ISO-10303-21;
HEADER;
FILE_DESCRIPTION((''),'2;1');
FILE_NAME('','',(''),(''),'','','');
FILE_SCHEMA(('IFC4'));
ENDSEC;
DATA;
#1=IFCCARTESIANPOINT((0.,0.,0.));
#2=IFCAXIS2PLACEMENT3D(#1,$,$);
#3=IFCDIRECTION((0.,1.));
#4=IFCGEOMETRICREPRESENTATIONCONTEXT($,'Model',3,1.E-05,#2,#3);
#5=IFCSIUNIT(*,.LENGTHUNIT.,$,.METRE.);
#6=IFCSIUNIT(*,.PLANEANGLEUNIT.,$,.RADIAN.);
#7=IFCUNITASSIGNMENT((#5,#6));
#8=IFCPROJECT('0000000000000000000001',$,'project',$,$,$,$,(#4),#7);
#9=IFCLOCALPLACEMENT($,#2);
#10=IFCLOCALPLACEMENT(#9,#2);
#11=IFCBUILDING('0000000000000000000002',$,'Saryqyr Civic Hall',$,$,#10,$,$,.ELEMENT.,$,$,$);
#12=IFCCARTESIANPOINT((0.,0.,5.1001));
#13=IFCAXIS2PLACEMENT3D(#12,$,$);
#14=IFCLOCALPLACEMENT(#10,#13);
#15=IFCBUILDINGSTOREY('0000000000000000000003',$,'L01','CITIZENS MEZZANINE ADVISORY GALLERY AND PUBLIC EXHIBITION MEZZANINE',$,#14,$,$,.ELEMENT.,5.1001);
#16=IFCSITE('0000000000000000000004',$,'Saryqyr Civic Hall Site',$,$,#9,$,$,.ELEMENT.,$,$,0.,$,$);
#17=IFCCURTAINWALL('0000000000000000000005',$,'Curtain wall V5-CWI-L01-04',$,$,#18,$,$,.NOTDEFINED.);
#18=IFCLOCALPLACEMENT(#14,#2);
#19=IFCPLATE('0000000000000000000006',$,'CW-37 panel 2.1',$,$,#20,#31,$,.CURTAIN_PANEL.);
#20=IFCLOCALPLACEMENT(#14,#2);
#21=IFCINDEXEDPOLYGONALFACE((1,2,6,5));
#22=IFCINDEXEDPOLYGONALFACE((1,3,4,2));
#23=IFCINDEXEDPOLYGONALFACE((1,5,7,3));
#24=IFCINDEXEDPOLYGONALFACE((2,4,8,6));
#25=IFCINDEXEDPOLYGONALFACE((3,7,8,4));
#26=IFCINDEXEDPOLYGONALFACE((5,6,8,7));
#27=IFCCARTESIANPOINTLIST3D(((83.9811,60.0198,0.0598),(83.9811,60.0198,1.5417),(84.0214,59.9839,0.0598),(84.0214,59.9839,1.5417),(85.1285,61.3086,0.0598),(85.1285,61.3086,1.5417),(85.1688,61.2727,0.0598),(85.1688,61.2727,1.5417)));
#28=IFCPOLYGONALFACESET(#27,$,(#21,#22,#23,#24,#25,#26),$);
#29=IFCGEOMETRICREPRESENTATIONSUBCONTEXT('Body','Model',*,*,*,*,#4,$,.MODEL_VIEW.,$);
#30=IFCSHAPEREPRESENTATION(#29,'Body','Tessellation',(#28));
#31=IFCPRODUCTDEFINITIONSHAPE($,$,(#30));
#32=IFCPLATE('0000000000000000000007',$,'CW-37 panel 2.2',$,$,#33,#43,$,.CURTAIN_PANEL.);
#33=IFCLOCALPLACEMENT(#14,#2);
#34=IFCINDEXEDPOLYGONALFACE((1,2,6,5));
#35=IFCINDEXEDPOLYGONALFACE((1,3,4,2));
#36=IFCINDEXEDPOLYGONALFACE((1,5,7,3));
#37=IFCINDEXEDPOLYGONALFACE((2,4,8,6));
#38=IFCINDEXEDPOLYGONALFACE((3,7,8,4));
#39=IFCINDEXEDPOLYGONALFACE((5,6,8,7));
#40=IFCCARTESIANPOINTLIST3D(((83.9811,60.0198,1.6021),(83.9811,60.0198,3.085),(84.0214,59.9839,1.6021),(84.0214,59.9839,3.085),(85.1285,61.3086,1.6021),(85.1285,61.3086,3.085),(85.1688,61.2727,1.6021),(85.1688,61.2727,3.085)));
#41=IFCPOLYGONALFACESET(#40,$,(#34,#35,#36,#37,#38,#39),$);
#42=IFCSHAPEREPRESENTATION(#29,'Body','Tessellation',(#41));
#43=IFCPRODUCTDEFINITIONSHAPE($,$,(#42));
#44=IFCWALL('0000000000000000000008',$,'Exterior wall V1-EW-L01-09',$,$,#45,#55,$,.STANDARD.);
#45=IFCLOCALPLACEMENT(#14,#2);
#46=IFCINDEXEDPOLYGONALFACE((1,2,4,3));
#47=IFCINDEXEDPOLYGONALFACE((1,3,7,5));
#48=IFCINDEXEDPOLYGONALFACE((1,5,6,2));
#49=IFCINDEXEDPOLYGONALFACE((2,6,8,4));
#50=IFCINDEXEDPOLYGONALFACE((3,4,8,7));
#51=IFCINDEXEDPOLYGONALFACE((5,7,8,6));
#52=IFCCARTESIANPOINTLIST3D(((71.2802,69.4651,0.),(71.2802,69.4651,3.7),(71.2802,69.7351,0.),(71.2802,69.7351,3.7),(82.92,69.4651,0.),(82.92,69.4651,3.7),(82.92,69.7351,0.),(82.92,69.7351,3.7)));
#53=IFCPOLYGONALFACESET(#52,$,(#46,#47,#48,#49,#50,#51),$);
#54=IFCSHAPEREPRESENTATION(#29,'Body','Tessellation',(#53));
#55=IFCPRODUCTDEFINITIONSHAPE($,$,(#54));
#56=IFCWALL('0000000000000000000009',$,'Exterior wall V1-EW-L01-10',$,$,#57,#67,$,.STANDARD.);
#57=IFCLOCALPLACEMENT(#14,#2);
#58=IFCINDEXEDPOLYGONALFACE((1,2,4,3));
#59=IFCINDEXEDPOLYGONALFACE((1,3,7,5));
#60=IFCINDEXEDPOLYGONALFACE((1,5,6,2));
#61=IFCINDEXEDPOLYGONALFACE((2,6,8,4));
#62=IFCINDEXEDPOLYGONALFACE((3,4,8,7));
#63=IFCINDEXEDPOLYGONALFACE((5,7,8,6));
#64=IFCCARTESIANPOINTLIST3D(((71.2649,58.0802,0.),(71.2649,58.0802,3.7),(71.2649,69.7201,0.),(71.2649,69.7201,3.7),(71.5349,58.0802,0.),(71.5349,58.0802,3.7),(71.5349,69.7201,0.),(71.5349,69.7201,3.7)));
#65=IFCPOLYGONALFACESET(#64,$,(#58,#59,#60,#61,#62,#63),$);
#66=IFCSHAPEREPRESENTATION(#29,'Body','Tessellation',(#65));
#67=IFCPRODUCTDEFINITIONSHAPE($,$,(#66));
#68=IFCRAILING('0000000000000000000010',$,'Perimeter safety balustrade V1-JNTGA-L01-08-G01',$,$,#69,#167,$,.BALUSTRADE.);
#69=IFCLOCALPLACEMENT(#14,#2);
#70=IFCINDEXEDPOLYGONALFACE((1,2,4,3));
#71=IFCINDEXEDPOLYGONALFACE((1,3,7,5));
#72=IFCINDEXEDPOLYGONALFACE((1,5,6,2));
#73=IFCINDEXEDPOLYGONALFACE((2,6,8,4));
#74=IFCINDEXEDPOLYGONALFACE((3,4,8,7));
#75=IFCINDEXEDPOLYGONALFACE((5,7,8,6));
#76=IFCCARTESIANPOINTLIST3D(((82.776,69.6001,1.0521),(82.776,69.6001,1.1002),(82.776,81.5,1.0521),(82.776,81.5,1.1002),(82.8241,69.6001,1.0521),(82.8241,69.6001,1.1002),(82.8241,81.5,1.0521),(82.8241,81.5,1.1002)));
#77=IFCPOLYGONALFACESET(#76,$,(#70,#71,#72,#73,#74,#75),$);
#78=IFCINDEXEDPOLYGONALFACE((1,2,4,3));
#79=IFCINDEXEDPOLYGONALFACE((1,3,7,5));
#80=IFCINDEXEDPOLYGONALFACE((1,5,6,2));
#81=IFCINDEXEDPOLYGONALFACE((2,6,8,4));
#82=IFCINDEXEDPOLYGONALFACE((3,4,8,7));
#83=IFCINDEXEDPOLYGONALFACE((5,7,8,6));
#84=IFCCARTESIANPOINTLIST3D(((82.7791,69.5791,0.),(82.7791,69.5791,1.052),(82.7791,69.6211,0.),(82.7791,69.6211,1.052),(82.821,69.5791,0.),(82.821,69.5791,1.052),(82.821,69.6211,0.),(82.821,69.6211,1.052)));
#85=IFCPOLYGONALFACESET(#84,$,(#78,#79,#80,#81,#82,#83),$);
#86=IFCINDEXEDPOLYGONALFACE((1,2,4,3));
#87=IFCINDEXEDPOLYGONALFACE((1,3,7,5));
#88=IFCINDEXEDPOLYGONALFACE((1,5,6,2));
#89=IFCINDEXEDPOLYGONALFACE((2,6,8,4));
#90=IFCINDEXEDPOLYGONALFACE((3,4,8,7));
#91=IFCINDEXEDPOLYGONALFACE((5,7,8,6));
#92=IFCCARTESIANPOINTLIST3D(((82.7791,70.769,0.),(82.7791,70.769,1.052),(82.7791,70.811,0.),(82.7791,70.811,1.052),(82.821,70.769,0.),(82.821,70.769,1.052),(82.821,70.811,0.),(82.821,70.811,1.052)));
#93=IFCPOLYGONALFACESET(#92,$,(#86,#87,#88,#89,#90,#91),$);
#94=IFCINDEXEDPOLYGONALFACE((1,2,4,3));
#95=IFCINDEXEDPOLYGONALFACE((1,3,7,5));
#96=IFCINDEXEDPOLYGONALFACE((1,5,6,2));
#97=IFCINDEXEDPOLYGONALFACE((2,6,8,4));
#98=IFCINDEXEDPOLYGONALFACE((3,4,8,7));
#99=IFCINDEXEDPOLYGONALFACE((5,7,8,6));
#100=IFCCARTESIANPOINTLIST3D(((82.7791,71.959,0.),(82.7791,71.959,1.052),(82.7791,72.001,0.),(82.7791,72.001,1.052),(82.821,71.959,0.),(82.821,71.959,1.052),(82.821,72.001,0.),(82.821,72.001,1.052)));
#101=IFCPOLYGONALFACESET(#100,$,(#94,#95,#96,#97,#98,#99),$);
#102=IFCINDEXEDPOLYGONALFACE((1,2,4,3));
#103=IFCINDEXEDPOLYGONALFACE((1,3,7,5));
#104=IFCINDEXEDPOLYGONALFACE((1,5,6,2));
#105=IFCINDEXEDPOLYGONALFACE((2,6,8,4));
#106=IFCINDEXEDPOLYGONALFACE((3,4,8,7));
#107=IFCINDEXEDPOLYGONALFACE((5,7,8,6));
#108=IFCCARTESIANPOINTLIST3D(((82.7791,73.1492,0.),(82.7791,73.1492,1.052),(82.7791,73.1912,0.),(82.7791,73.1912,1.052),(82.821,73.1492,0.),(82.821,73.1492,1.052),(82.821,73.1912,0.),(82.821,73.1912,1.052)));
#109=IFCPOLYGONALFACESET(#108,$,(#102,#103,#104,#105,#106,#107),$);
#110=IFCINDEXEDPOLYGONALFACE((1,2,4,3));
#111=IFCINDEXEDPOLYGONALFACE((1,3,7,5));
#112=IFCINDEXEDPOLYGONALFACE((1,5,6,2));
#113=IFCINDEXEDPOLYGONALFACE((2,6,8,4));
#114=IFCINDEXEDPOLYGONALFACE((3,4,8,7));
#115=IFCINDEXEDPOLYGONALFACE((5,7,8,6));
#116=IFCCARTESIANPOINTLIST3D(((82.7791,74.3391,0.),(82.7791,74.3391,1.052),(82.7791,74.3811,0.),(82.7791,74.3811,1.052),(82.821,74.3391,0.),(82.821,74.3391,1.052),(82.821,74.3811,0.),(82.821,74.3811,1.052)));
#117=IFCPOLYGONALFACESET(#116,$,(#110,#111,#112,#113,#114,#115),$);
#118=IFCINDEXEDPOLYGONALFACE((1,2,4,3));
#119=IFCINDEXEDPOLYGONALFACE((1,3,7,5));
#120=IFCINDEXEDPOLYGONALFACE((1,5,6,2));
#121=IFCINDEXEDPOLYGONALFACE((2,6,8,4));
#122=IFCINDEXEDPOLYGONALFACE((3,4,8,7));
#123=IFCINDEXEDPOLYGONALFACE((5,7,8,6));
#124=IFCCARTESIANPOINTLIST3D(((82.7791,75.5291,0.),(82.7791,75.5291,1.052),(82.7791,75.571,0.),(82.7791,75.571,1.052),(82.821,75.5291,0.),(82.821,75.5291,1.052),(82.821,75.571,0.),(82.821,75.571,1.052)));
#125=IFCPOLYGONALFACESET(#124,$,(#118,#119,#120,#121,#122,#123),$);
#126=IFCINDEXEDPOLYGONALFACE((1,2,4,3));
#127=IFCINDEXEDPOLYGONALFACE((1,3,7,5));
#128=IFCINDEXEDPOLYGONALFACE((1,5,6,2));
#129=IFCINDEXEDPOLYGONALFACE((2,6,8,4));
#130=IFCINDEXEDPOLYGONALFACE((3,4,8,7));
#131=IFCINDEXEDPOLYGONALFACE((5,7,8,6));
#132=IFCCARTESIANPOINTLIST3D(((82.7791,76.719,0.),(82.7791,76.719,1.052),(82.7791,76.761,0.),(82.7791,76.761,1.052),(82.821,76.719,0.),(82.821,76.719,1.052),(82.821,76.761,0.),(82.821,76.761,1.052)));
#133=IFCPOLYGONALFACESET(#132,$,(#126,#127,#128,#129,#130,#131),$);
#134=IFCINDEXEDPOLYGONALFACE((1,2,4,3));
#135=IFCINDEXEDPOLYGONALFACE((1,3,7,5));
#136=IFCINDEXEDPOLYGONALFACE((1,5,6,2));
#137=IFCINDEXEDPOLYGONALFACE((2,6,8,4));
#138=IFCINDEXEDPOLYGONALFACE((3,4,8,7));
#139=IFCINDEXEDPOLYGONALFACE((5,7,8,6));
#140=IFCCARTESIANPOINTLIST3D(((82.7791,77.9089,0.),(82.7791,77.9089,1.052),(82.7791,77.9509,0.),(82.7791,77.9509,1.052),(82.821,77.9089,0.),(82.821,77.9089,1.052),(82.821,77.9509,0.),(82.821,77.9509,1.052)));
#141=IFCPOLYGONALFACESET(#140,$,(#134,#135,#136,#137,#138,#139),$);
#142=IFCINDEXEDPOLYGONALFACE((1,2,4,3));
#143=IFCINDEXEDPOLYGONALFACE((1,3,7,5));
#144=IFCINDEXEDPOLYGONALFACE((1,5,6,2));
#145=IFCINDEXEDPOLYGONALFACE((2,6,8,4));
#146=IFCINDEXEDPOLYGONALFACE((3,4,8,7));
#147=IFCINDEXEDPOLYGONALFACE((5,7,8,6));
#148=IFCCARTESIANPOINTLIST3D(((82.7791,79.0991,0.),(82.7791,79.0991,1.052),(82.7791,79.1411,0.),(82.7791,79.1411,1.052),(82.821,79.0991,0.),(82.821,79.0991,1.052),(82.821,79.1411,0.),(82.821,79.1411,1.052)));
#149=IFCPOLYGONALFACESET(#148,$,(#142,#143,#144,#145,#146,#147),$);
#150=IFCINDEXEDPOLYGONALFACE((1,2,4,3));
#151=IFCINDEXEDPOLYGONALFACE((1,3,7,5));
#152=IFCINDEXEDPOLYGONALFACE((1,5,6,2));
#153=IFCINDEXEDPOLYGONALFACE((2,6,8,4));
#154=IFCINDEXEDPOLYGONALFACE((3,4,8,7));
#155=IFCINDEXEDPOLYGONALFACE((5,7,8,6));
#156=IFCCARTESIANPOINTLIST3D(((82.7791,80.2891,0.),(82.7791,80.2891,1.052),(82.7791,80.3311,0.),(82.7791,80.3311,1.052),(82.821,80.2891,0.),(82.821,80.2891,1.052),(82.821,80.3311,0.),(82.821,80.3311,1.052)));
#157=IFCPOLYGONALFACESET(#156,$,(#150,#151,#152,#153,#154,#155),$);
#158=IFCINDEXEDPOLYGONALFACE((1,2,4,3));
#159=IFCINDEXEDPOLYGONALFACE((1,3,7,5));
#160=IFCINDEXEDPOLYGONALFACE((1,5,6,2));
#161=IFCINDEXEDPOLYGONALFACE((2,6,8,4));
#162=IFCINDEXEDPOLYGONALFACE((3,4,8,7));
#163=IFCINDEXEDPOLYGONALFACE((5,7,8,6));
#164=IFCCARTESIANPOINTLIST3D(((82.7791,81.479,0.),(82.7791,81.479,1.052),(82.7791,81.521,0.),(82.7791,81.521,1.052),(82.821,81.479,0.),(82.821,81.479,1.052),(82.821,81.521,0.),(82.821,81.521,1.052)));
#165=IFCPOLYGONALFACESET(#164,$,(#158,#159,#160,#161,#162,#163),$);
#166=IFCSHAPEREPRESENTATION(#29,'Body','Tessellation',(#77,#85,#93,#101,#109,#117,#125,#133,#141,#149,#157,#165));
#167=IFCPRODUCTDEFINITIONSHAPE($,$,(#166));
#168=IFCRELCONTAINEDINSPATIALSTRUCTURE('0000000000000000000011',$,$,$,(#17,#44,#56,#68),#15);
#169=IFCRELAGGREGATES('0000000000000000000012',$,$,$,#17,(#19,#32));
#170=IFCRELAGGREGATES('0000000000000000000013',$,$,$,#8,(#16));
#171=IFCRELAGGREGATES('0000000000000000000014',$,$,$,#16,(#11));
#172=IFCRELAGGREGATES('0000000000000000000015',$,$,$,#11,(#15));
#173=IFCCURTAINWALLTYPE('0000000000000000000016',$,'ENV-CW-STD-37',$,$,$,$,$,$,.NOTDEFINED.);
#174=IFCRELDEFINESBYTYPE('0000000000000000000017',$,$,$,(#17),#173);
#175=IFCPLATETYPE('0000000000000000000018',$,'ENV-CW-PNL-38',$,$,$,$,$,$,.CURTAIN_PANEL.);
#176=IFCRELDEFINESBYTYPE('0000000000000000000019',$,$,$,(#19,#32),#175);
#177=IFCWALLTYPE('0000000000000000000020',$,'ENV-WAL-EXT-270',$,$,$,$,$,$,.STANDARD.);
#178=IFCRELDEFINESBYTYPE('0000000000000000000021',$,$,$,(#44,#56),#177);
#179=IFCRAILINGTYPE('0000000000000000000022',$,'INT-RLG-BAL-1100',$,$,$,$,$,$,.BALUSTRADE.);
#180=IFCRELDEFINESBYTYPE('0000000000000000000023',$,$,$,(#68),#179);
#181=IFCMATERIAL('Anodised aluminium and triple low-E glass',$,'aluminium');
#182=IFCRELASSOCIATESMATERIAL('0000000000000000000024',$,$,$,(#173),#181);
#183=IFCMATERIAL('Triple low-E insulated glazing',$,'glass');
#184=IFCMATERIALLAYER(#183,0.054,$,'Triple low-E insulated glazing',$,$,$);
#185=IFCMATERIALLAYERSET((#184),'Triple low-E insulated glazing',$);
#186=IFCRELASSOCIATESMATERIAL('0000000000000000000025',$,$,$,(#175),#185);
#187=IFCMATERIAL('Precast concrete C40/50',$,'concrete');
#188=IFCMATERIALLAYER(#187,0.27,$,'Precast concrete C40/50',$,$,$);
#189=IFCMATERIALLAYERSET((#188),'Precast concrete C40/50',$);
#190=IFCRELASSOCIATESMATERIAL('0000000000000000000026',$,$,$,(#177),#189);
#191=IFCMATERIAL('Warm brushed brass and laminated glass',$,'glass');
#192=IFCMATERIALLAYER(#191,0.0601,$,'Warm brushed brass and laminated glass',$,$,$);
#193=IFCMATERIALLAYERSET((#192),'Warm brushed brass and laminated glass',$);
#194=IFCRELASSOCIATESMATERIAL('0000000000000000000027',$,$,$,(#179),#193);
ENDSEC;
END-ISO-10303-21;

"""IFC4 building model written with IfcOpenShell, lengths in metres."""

from ifc_helpers import new_model, si_unit, direction, frame, frame_2d, origin, origin_2d, place, context, subcontext, project, spatial, rectangle, extrude, material, layer, layer_set, type_object, element, aggregate, save


model = new_model("IFC4")

# Units and contexts
model_context = context("Model", 3, precision=1e-05, world=origin(), true_north=direction((0.0, 1.0)))
body_context = subcontext(model_context, "Body", "Model", "MODEL_VIEW")
ifc_project = project(units=[si_unit("LENGTHUNIT", "METRE"), si_unit("PLANEANGLEUNIT", "RADIAN")], contexts=[model_context])

# Site, building, storey
site_placement = place(None, origin())
site = spatial("IfcSite", under=ifc_project, at=site_placement, Name="Saryqyr Civic Hall Site", CompositionType="ELEMENT", RefElevation=0.0)
building_placement = place(site_placement, origin())
building = spatial("IfcBuilding", under=site, at=building_placement, Name="Saryqyr Civic Hall", CompositionType="ELEMENT")
storey_placement = place(building_placement, frame((0.0, 0.0, 5.1001)))
storey = spatial("IfcBuildingStorey", under=building, at=storey_placement, Name="L01", Description="CITIZENS MEZZANINE ADVISORY GALLERY AND PUBLIC EXHIBITION MEZZANINE", CompositionType="ELEMENT", Elevation=5.1001)

# Curtain wall
ifc_material_1 = material(Name="Anodised aluminium and triple low-E glass", Category="aluminium")
curtain_wall_type_1 = type_object("IfcCurtainWallType", Name="ENV-CW-STD-37", PredefinedType="NOTDEFINED", material=ifc_material_1)
curtain_wall_1_placement = place(storey_placement, origin())
curtain_wall_1 = element("IfcCurtainWall", 1, at=curtain_wall_1_placement, inside=storey, type_object=curtain_wall_type_1, Name="Curtain wall V5-CWI-L01-04", PredefinedType="NOTDEFINED")

# Plates
ifc_material_2 = material(Name="Triple low-E insulated glazing", Category="glass")
ifc_layer_1 = layer(ifc_material_2, 0.054, Name="Triple low-E insulated glazing")
ifc_layer_set_1 = layer_set([ifc_layer_1], Name="Triple low-E insulated glazing")
plate_type = type_object("IfcPlateType", Name="ENV-CW-PNL-38", PredefinedType="CURTAIN_PANEL", material=ifc_layer_set_1)
plate_1_placement = place(storey_placement, frame((84.575, 60.6462, 0.0598), z_axis=(0.0, 0.0, 1.0), x_axis=(0.664938, 0.746899, 0.0)))
plate_1 = element("IfcPlate", 2, at=plate_1_placement, type_object=plate_type, Name="CW-37 panel 2.1", PredefinedType="CURTAIN_PANEL", context=body_context, shape_type="SweptSolid", body=[
    extrude(rectangle(XDim=1.7256, YDim=0.054, at=origin_2d()), origin(), (0.0, 0.0, 1.0), 1.4819),
])
plate_2_placement = place(storey_placement, frame((84.575, 60.6462, 1.6021), z_axis=(0.0, 0.0, 1.0), x_axis=(0.664938, 0.746899, 0.0)))
plate_2 = element("IfcPlate", 3, at=plate_2_placement, type_object=plate_type, Name="CW-37 panel 2.2", PredefinedType="CURTAIN_PANEL", context=body_context, shape_type="SweptSolid", body=[
    extrude(rectangle(XDim=1.7256, YDim=0.054, at=origin_2d()), origin(), (0.0, 0.0, 1.0), 1.4829),
])
aggregate(curtain_wall_1, [plate_1, plate_2])

# Walls
ifc_material_3 = material(Name="Precast concrete C40/50", Category="concrete")
ifc_layer_2 = layer(ifc_material_3, 0.27, Name="Precast concrete C40/50")
ifc_layer_set_2 = layer_set([ifc_layer_2], Name="Precast concrete C40/50")
wall_type = type_object("IfcWallType", Name="ENV-WAL-EXT-270", PredefinedType="STANDARD", material=ifc_layer_set_2)
for number, where, z_axis, x_axis, name in (
    (4, (82.9199, 69.6001, 0.0), (0.0, 0.0, 1.0), (-1.0, 0.0, 0.0), "Exterior wall V1-EW-L01-09"),
    (5, (71.3999, 69.72, 0.0), (0.0, 0.0, 1.0), (0.0, -1.0, 0.0), "Exterior wall V1-EW-L01-10"),
):
    element("IfcWall", number, at=place(storey_placement, frame(where, z_axis=z_axis, x_axis=x_axis)), inside=storey, type_object=wall_type, Name=name, PredefinedType="STANDARD", context=body_context, shape_type="SweptSolid", body=[
        extrude(rectangle(XDim=11.6399, YDim=0.27, at=frame_2d((5.8198, 0.0))), origin(), (0.0, 0.0, 1.0), 3.7),
    ])

# Railing
ifc_material_4 = material(Name="Warm brushed brass and laminated glass", Category="glass")
ifc_layer_3 = layer(ifc_material_4, 0.0601, Name="Warm brushed brass and laminated glass")
ifc_layer_set_3 = layer_set([ifc_layer_3], Name="Warm brushed brass and laminated glass")
railing_type = type_object("IfcRailingType", Name="INT-RLG-BAL-1100", PredefinedType="BALUSTRADE", material=ifc_layer_set_3)
railing_placement = place(storey_placement, frame((82.8, 69.6001, 0.0)))
element("IfcRailing", 6, at=railing_placement, inside=storey, type_object=railing_type, Name="Perimeter safety balustrade V1-JNTGA-L01-08-G01", PredefinedType="BALUSTRADE", context=body_context, shape_type="SweptSolid", body=[
    extrude(rectangle(XDim=0.0481, YDim=0.0481, at=origin_2d()), frame((0.0, 0.0, 1.0762), z_axis=(0.0, 1.0, 0.0), x_axis=(-1.0, 0.0, 0.0)), (0.0, 0.0, 1.0), 11.8999),
    extrude(rectangle(XDim=0.042, YDim=0.042, at=origin_2d()), origin(), (0.0, 0.0, 1.0), 1.052),
    extrude(rectangle(XDim=0.042, YDim=0.042, at=origin_2d()), frame((0.0, 1.1899, 0.0)), (0.0, 0.0, 1.0), 1.052),
    extrude(rectangle(XDim=0.042, YDim=0.042, at=origin_2d()), frame((0.0, 2.3799, 0.0)), (0.0, 0.0, 1.0), 1.052),
    extrude(rectangle(XDim=0.042, YDim=0.042, at=origin_2d()), frame((0.0, 3.5701, 0.0)), (0.0, 0.0, 1.0), 1.052),
    extrude(rectangle(XDim=0.042, YDim=0.042, at=origin_2d()), frame((0.0, 4.76, 0.0)), (0.0, 0.0, 1.0), 1.052),
    extrude(rectangle(XDim=0.042, YDim=0.042, at=origin_2d()), frame((0.0, 5.95, 0.0)), (0.0, 0.0, 1.0), 1.052),
    extrude(rectangle(XDim=0.042, YDim=0.042, at=origin_2d()), frame((0.0, 7.1399, 0.0)), (0.0, 0.0, 1.0), 1.052),
    extrude(rectangle(XDim=0.042, YDim=0.042, at=origin_2d()), frame((0.0, 8.3298, 0.0)), (0.0, 0.0, 1.0), 1.052),
    extrude(rectangle(XDim=0.042, YDim=0.042, at=origin_2d()), frame((0.0, 9.52, 0.0)), (0.0, 0.0, 1.0), 1.052),
    extrude(rectangle(XDim=0.042, YDim=0.042, at=origin_2d()), frame((0.0, 10.71, 0.0)), (0.0, 0.0, 1.0), 1.052),
    extrude(rectangle(XDim=0.042, YDim=0.042, at=origin_2d()), frame((0.0, 11.8999, 0.0)), (0.0, 0.0, 1.0), 1.052),
])

save(model, "model.ifc")
